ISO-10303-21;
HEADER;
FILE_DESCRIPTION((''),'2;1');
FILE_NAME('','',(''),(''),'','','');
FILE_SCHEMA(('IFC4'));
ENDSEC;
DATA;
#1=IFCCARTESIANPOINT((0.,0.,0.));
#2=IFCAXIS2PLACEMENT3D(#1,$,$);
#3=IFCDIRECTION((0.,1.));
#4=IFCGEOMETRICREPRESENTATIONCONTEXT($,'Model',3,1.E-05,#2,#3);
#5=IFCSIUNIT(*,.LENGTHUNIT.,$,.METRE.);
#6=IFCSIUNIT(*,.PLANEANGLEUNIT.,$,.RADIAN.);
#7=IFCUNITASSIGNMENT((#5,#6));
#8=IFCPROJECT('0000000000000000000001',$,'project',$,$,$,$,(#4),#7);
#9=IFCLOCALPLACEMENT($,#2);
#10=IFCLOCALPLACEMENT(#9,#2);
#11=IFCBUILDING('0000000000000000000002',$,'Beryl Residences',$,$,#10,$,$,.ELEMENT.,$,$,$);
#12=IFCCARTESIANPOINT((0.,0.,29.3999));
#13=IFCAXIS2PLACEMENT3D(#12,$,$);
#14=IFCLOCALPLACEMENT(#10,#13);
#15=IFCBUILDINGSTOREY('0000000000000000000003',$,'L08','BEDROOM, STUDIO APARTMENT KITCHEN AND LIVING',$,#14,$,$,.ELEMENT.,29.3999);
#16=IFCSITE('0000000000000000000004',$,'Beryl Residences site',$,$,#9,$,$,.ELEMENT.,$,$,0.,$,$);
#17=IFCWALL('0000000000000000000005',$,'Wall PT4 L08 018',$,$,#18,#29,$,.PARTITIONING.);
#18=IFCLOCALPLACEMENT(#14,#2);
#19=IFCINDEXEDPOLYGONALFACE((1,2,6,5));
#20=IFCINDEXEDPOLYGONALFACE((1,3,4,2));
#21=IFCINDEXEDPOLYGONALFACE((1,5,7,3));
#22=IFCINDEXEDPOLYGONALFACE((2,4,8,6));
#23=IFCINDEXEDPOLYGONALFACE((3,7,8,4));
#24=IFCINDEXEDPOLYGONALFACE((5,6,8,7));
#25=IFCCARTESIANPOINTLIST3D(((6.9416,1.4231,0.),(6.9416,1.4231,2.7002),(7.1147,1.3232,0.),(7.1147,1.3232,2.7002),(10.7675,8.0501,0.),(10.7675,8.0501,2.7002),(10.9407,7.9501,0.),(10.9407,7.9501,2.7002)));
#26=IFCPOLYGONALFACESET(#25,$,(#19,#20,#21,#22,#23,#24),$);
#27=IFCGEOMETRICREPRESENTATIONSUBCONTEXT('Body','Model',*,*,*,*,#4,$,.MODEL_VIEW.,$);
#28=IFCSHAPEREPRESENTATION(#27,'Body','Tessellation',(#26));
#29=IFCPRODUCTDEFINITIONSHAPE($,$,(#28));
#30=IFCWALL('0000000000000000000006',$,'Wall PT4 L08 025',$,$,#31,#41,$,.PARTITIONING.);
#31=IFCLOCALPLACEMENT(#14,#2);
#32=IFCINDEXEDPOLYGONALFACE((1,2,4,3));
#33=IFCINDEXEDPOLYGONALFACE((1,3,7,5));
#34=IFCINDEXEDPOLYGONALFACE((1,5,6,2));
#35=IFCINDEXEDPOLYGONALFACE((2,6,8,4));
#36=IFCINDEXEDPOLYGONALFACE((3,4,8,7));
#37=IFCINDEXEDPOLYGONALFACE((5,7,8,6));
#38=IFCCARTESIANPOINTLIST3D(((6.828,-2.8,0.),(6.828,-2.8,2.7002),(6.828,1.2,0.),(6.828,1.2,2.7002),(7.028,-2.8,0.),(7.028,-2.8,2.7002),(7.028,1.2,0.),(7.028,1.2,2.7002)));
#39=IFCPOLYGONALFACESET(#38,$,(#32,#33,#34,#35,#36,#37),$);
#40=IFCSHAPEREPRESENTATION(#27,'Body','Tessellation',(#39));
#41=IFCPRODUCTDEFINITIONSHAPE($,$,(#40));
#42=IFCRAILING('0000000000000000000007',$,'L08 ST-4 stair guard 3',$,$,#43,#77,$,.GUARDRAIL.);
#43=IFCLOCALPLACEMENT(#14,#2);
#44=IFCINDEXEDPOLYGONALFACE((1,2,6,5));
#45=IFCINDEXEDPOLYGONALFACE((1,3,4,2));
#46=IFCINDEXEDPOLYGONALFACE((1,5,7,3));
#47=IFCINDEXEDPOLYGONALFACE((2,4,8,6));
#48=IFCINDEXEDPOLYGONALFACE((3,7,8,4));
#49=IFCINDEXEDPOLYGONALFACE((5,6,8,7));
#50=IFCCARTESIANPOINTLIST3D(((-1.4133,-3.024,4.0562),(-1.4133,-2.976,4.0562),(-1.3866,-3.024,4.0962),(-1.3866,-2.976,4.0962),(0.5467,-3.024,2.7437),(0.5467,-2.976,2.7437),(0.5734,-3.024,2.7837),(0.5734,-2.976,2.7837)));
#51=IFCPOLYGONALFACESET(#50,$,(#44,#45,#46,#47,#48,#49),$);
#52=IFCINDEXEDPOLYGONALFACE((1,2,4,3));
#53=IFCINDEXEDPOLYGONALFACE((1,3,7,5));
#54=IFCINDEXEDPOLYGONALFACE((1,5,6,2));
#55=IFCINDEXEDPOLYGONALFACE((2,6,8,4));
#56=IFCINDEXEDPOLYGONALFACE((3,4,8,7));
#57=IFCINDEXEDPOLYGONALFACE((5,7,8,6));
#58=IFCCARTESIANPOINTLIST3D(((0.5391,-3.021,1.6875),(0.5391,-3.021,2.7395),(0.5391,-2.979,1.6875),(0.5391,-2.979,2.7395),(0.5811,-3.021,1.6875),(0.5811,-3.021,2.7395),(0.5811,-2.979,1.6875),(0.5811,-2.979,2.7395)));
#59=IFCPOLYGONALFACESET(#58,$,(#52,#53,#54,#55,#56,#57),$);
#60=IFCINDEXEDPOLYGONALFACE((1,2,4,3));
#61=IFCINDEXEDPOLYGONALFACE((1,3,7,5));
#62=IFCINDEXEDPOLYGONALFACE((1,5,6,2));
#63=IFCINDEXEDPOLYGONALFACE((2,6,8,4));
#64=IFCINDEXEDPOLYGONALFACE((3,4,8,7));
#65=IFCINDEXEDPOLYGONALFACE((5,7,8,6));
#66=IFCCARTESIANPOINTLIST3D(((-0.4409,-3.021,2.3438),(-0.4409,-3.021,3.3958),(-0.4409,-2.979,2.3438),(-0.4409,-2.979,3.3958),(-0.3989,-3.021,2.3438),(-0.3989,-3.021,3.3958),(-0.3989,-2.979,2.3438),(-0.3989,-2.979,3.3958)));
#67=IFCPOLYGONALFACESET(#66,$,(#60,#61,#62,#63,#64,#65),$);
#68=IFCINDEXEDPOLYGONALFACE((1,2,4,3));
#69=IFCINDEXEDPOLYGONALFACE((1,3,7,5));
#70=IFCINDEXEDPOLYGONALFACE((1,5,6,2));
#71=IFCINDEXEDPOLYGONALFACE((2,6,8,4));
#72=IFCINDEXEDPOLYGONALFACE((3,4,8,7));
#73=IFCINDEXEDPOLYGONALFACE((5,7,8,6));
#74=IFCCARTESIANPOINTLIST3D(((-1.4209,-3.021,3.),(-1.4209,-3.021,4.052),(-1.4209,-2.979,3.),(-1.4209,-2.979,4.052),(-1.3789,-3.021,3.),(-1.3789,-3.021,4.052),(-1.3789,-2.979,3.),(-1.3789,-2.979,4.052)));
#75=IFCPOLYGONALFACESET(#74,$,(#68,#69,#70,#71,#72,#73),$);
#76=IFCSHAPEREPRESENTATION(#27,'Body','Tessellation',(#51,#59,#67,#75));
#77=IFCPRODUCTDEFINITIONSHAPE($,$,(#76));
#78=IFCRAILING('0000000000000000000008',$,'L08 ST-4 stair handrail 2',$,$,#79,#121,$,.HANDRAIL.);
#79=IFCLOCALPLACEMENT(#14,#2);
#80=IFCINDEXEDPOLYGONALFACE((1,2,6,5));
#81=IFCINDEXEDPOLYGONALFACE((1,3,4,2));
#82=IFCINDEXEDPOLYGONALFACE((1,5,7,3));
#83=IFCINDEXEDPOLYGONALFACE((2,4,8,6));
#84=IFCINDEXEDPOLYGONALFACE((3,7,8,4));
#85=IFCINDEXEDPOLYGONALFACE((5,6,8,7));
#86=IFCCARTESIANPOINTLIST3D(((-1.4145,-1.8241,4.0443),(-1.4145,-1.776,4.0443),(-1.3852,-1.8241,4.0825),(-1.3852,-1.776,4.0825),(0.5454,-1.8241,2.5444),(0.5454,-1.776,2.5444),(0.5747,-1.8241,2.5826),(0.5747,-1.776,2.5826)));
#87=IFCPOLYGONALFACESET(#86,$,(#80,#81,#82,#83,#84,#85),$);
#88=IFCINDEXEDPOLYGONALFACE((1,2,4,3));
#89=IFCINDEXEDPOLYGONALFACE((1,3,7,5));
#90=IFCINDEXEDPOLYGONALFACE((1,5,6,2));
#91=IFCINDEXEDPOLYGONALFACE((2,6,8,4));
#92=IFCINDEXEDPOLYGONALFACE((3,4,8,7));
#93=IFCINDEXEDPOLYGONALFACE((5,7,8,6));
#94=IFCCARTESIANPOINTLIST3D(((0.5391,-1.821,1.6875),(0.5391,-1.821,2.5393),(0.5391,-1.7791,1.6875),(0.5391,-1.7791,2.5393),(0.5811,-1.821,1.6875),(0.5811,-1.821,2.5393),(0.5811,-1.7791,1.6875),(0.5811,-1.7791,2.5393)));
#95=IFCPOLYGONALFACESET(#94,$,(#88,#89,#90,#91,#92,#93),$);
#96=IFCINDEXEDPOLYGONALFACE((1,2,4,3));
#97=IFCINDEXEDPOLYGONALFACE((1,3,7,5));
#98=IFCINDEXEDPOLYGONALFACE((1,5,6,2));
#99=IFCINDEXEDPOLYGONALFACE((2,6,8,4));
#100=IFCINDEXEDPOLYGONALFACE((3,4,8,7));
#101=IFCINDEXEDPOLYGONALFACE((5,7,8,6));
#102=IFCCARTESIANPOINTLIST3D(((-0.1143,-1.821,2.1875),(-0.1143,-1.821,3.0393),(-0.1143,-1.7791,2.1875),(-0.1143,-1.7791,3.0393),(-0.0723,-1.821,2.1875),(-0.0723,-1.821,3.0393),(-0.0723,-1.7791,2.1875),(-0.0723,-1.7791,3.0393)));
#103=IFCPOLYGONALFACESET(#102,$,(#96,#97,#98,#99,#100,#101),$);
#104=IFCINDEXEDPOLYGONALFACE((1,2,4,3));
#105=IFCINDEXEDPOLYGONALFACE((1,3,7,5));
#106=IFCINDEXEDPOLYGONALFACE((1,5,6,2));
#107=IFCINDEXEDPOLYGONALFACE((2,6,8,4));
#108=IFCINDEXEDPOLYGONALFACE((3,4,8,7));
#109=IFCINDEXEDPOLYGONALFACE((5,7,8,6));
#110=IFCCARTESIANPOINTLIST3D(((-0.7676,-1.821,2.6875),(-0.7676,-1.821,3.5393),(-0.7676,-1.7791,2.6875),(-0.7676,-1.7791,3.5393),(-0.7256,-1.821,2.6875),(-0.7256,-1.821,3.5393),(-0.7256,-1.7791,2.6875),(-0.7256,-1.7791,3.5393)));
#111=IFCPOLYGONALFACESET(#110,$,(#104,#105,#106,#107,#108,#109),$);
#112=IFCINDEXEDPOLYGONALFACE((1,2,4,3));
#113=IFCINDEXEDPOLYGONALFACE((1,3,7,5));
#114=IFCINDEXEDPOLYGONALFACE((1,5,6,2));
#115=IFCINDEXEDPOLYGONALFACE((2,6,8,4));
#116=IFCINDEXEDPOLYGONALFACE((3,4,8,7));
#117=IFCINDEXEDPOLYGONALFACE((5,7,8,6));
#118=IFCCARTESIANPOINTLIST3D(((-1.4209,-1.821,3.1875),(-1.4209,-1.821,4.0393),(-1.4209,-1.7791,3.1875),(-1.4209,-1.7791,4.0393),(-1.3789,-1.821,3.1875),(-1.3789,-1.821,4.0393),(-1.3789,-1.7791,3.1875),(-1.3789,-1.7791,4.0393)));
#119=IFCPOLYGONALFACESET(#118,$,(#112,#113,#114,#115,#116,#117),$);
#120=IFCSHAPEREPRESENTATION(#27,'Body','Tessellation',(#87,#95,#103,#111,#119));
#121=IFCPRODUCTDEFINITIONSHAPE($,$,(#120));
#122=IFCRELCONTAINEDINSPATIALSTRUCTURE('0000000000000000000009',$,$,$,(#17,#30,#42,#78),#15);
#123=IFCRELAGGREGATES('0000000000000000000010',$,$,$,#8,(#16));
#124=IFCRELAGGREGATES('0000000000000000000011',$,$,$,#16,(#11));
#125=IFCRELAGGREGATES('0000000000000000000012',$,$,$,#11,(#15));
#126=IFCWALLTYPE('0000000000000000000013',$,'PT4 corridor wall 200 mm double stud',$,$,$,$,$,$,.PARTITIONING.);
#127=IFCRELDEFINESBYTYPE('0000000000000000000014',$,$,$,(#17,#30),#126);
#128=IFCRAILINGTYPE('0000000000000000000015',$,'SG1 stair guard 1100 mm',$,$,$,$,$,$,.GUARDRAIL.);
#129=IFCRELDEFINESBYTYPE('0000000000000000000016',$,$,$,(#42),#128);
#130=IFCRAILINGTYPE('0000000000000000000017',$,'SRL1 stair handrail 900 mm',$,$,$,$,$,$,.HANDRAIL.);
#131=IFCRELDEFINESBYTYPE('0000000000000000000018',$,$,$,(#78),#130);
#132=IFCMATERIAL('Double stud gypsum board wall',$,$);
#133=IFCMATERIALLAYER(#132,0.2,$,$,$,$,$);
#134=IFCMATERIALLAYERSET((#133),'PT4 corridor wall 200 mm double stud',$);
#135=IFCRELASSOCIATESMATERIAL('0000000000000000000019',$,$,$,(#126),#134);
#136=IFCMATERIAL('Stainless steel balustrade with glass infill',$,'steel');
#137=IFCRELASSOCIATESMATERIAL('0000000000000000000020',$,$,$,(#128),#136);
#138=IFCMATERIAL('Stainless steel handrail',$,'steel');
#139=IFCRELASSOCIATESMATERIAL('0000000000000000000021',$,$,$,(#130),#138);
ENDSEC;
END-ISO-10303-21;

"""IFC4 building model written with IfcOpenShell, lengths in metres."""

from ifc_helpers import new_model, si_unit, direction, frame, frame_2d, origin, origin_2d, place, context, subcontext, project, spatial, rectangle, extrude, material, layer, layer_set, type_object, element, save


model = new_model("IFC4")

# Units and contexts
model_context = context("Model", 3, precision=1e-05, world=origin(), true_north=direction((0.0, 1.0)))
body_context = subcontext(model_context, "Body", "Model", "MODEL_VIEW")
ifc_project = project(units=[si_unit("LENGTHUNIT", "METRE"), si_unit("PLANEANGLEUNIT", "RADIAN")], contexts=[model_context])

# Site, building, storey
site_placement = place(None, origin())
site = spatial("IfcSite", under=ifc_project, at=site_placement, Name="Beryl Residences site", CompositionType="ELEMENT", RefElevation=0.0)
building_placement = place(site_placement, origin())
building = spatial("IfcBuilding", under=site, at=building_placement, Name="Beryl Residences", CompositionType="ELEMENT")
storey_placement = place(building_placement, frame((0.0, 0.0, 29.3999)))
storey = spatial("IfcBuildingStorey", under=building, at=storey_placement, Name="L08", Description="BEDROOM, STUDIO APARTMENT KITCHEN AND LIVING", CompositionType="ELEMENT", Elevation=29.3999)

# Shared definitions
ifc_material_1 = material(Name="Double stud gypsum board wall")
ifc_layer_1 = layer(ifc_material_1, 0.2)
ifc_layer_set_1 = layer_set([ifc_layer_1], Name="PT4 corridor wall 200 mm double stud")
wall_type_1 = type_object("IfcWallType", Name="PT4 corridor wall 200 mm double stud", PredefinedType="PARTITIONING", material=ifc_layer_set_1)

# Walls
wall_1_placement = place(storey_placement, frame((7.0281, 1.373, 0.0), z_axis=(0.0, 0.0, 1.0), x_axis=(0.499986, 0.866034, 0.0)))
element("IfcWall", 1, at=wall_1_placement, inside=storey, type_object=wall_type_1, Name="Wall PT4 L08 018", PredefinedType="PARTITIONING", context=body_context, shape_type="SweptSolid", body=[
    extrude(rectangle(XDim=7.6521, YDim=0.2, at=frame_2d((3.8262, 0.0))), origin(), (0.0, 0.0, 1.0), 2.7002),
])
wall_2_placement = place(storey_placement, frame((6.928, -2.8, 0.0), z_axis=(0.0, 0.0, 1.0), x_axis=(0.0, 1.0, 0.0)))
element("IfcWall", 2, at=wall_2_placement, inside=storey, type_object=wall_type_1, Name="Wall PT4 L08 025", PredefinedType="PARTITIONING", context=body_context, shape_type="SweptSolid", body=[
    extrude(rectangle(XDim=4.0, YDim=0.2, at=frame_2d((2.0, 0.0))), origin(), (0.0, 0.0, 1.0), 2.7002),
])

# Railings
ifc_material_2 = material(Name="Stainless steel balustrade with glass infill", Category="steel")
railing_type_1 = type_object("IfcRailingType", Name="SG1 stair guard 1100 mm", PredefinedType="GUARDRAIL", material=ifc_material_2)
railing_1_placement = place(storey_placement, frame((0.5601, -3.0, 1.6875)))
element("IfcRailing", 3, at=railing_1_placement, inside=storey, type_object=railing_type_1, Name="L08 ST-4 stair guard 3", PredefinedType="GUARDRAIL", context=body_context, shape_type="SweptSolid", body=[
    extrude(rectangle(XDim=0.0481, YDim=0.0481, at=origin_2d()), frame((0.0, 0.0, 1.0762), z_axis=(-0.830902, 0.0, 0.556419), x_axis=(0.0, -1.0, 0.0)), (0.0, 0.0, 1.0), 2.3589),
    extrude(rectangle(XDim=0.042, YDim=0.042, at=origin_2d()), origin(), (0.0, 0.0, 1.0), 1.052),
    extrude(rectangle(XDim=0.042, YDim=0.042, at=origin_2d()), frame((-0.98, 0.0, 0.6562)), (0.0, 0.0, 1.0), 1.052),
    extrude(rectangle(XDim=0.042, YDim=0.042, at=origin_2d()), frame((-1.96, 0.0, 1.3125)), (0.0, 0.0, 1.0), 1.052),
])
ifc_material_3 = material(Name="Stainless steel handrail", Category="steel")
railing_type_2 = type_object("IfcRailingType", Name="SRL1 stair handrail 900 mm", PredefinedType="HANDRAIL", material=ifc_material_3)
railing_2_placement = place(storey_placement, frame((0.5601, -1.8, 1.6875)))
element("IfcRailing", 4, at=railing_2_placement, inside=storey, type_object=railing_type_2, Name="L08 ST-4 stair handrail 2", PredefinedType="HANDRAIL", context=body_context, shape_type="SweptSolid", body=[
    extrude(rectangle(XDim=0.0481, YDim=0.0481, at=origin_2d()), frame((0.0, 0.0, 0.876), z_axis=(-0.794122, 0.0, 0.607758), x_axis=(0.0, -1.0, 0.0)), (0.0, 0.0, 1.0), 2.468),
    extrude(rectangle(XDim=0.042, YDim=0.042, at=origin_2d()), origin(), (0.0, 0.0, 1.0), 0.8518),
    extrude(rectangle(XDim=0.042, YDim=0.042, at=origin_2d()), frame((-0.6533, 0.0, 0.5)), (0.0, 0.0, 1.0), 0.8518),
    extrude(rectangle(XDim=0.042, YDim=0.042, at=origin_2d()), frame((-1.3066, 0.0, 1.0)), (0.0, 0.0, 1.0), 0.8518),
    extrude(rectangle(XDim=0.042, YDim=0.042, at=origin_2d()), frame((-1.96, 0.0, 1.5)), (0.0, 0.0, 1.0), 0.8518),
])

save(model, "model.ifc")
